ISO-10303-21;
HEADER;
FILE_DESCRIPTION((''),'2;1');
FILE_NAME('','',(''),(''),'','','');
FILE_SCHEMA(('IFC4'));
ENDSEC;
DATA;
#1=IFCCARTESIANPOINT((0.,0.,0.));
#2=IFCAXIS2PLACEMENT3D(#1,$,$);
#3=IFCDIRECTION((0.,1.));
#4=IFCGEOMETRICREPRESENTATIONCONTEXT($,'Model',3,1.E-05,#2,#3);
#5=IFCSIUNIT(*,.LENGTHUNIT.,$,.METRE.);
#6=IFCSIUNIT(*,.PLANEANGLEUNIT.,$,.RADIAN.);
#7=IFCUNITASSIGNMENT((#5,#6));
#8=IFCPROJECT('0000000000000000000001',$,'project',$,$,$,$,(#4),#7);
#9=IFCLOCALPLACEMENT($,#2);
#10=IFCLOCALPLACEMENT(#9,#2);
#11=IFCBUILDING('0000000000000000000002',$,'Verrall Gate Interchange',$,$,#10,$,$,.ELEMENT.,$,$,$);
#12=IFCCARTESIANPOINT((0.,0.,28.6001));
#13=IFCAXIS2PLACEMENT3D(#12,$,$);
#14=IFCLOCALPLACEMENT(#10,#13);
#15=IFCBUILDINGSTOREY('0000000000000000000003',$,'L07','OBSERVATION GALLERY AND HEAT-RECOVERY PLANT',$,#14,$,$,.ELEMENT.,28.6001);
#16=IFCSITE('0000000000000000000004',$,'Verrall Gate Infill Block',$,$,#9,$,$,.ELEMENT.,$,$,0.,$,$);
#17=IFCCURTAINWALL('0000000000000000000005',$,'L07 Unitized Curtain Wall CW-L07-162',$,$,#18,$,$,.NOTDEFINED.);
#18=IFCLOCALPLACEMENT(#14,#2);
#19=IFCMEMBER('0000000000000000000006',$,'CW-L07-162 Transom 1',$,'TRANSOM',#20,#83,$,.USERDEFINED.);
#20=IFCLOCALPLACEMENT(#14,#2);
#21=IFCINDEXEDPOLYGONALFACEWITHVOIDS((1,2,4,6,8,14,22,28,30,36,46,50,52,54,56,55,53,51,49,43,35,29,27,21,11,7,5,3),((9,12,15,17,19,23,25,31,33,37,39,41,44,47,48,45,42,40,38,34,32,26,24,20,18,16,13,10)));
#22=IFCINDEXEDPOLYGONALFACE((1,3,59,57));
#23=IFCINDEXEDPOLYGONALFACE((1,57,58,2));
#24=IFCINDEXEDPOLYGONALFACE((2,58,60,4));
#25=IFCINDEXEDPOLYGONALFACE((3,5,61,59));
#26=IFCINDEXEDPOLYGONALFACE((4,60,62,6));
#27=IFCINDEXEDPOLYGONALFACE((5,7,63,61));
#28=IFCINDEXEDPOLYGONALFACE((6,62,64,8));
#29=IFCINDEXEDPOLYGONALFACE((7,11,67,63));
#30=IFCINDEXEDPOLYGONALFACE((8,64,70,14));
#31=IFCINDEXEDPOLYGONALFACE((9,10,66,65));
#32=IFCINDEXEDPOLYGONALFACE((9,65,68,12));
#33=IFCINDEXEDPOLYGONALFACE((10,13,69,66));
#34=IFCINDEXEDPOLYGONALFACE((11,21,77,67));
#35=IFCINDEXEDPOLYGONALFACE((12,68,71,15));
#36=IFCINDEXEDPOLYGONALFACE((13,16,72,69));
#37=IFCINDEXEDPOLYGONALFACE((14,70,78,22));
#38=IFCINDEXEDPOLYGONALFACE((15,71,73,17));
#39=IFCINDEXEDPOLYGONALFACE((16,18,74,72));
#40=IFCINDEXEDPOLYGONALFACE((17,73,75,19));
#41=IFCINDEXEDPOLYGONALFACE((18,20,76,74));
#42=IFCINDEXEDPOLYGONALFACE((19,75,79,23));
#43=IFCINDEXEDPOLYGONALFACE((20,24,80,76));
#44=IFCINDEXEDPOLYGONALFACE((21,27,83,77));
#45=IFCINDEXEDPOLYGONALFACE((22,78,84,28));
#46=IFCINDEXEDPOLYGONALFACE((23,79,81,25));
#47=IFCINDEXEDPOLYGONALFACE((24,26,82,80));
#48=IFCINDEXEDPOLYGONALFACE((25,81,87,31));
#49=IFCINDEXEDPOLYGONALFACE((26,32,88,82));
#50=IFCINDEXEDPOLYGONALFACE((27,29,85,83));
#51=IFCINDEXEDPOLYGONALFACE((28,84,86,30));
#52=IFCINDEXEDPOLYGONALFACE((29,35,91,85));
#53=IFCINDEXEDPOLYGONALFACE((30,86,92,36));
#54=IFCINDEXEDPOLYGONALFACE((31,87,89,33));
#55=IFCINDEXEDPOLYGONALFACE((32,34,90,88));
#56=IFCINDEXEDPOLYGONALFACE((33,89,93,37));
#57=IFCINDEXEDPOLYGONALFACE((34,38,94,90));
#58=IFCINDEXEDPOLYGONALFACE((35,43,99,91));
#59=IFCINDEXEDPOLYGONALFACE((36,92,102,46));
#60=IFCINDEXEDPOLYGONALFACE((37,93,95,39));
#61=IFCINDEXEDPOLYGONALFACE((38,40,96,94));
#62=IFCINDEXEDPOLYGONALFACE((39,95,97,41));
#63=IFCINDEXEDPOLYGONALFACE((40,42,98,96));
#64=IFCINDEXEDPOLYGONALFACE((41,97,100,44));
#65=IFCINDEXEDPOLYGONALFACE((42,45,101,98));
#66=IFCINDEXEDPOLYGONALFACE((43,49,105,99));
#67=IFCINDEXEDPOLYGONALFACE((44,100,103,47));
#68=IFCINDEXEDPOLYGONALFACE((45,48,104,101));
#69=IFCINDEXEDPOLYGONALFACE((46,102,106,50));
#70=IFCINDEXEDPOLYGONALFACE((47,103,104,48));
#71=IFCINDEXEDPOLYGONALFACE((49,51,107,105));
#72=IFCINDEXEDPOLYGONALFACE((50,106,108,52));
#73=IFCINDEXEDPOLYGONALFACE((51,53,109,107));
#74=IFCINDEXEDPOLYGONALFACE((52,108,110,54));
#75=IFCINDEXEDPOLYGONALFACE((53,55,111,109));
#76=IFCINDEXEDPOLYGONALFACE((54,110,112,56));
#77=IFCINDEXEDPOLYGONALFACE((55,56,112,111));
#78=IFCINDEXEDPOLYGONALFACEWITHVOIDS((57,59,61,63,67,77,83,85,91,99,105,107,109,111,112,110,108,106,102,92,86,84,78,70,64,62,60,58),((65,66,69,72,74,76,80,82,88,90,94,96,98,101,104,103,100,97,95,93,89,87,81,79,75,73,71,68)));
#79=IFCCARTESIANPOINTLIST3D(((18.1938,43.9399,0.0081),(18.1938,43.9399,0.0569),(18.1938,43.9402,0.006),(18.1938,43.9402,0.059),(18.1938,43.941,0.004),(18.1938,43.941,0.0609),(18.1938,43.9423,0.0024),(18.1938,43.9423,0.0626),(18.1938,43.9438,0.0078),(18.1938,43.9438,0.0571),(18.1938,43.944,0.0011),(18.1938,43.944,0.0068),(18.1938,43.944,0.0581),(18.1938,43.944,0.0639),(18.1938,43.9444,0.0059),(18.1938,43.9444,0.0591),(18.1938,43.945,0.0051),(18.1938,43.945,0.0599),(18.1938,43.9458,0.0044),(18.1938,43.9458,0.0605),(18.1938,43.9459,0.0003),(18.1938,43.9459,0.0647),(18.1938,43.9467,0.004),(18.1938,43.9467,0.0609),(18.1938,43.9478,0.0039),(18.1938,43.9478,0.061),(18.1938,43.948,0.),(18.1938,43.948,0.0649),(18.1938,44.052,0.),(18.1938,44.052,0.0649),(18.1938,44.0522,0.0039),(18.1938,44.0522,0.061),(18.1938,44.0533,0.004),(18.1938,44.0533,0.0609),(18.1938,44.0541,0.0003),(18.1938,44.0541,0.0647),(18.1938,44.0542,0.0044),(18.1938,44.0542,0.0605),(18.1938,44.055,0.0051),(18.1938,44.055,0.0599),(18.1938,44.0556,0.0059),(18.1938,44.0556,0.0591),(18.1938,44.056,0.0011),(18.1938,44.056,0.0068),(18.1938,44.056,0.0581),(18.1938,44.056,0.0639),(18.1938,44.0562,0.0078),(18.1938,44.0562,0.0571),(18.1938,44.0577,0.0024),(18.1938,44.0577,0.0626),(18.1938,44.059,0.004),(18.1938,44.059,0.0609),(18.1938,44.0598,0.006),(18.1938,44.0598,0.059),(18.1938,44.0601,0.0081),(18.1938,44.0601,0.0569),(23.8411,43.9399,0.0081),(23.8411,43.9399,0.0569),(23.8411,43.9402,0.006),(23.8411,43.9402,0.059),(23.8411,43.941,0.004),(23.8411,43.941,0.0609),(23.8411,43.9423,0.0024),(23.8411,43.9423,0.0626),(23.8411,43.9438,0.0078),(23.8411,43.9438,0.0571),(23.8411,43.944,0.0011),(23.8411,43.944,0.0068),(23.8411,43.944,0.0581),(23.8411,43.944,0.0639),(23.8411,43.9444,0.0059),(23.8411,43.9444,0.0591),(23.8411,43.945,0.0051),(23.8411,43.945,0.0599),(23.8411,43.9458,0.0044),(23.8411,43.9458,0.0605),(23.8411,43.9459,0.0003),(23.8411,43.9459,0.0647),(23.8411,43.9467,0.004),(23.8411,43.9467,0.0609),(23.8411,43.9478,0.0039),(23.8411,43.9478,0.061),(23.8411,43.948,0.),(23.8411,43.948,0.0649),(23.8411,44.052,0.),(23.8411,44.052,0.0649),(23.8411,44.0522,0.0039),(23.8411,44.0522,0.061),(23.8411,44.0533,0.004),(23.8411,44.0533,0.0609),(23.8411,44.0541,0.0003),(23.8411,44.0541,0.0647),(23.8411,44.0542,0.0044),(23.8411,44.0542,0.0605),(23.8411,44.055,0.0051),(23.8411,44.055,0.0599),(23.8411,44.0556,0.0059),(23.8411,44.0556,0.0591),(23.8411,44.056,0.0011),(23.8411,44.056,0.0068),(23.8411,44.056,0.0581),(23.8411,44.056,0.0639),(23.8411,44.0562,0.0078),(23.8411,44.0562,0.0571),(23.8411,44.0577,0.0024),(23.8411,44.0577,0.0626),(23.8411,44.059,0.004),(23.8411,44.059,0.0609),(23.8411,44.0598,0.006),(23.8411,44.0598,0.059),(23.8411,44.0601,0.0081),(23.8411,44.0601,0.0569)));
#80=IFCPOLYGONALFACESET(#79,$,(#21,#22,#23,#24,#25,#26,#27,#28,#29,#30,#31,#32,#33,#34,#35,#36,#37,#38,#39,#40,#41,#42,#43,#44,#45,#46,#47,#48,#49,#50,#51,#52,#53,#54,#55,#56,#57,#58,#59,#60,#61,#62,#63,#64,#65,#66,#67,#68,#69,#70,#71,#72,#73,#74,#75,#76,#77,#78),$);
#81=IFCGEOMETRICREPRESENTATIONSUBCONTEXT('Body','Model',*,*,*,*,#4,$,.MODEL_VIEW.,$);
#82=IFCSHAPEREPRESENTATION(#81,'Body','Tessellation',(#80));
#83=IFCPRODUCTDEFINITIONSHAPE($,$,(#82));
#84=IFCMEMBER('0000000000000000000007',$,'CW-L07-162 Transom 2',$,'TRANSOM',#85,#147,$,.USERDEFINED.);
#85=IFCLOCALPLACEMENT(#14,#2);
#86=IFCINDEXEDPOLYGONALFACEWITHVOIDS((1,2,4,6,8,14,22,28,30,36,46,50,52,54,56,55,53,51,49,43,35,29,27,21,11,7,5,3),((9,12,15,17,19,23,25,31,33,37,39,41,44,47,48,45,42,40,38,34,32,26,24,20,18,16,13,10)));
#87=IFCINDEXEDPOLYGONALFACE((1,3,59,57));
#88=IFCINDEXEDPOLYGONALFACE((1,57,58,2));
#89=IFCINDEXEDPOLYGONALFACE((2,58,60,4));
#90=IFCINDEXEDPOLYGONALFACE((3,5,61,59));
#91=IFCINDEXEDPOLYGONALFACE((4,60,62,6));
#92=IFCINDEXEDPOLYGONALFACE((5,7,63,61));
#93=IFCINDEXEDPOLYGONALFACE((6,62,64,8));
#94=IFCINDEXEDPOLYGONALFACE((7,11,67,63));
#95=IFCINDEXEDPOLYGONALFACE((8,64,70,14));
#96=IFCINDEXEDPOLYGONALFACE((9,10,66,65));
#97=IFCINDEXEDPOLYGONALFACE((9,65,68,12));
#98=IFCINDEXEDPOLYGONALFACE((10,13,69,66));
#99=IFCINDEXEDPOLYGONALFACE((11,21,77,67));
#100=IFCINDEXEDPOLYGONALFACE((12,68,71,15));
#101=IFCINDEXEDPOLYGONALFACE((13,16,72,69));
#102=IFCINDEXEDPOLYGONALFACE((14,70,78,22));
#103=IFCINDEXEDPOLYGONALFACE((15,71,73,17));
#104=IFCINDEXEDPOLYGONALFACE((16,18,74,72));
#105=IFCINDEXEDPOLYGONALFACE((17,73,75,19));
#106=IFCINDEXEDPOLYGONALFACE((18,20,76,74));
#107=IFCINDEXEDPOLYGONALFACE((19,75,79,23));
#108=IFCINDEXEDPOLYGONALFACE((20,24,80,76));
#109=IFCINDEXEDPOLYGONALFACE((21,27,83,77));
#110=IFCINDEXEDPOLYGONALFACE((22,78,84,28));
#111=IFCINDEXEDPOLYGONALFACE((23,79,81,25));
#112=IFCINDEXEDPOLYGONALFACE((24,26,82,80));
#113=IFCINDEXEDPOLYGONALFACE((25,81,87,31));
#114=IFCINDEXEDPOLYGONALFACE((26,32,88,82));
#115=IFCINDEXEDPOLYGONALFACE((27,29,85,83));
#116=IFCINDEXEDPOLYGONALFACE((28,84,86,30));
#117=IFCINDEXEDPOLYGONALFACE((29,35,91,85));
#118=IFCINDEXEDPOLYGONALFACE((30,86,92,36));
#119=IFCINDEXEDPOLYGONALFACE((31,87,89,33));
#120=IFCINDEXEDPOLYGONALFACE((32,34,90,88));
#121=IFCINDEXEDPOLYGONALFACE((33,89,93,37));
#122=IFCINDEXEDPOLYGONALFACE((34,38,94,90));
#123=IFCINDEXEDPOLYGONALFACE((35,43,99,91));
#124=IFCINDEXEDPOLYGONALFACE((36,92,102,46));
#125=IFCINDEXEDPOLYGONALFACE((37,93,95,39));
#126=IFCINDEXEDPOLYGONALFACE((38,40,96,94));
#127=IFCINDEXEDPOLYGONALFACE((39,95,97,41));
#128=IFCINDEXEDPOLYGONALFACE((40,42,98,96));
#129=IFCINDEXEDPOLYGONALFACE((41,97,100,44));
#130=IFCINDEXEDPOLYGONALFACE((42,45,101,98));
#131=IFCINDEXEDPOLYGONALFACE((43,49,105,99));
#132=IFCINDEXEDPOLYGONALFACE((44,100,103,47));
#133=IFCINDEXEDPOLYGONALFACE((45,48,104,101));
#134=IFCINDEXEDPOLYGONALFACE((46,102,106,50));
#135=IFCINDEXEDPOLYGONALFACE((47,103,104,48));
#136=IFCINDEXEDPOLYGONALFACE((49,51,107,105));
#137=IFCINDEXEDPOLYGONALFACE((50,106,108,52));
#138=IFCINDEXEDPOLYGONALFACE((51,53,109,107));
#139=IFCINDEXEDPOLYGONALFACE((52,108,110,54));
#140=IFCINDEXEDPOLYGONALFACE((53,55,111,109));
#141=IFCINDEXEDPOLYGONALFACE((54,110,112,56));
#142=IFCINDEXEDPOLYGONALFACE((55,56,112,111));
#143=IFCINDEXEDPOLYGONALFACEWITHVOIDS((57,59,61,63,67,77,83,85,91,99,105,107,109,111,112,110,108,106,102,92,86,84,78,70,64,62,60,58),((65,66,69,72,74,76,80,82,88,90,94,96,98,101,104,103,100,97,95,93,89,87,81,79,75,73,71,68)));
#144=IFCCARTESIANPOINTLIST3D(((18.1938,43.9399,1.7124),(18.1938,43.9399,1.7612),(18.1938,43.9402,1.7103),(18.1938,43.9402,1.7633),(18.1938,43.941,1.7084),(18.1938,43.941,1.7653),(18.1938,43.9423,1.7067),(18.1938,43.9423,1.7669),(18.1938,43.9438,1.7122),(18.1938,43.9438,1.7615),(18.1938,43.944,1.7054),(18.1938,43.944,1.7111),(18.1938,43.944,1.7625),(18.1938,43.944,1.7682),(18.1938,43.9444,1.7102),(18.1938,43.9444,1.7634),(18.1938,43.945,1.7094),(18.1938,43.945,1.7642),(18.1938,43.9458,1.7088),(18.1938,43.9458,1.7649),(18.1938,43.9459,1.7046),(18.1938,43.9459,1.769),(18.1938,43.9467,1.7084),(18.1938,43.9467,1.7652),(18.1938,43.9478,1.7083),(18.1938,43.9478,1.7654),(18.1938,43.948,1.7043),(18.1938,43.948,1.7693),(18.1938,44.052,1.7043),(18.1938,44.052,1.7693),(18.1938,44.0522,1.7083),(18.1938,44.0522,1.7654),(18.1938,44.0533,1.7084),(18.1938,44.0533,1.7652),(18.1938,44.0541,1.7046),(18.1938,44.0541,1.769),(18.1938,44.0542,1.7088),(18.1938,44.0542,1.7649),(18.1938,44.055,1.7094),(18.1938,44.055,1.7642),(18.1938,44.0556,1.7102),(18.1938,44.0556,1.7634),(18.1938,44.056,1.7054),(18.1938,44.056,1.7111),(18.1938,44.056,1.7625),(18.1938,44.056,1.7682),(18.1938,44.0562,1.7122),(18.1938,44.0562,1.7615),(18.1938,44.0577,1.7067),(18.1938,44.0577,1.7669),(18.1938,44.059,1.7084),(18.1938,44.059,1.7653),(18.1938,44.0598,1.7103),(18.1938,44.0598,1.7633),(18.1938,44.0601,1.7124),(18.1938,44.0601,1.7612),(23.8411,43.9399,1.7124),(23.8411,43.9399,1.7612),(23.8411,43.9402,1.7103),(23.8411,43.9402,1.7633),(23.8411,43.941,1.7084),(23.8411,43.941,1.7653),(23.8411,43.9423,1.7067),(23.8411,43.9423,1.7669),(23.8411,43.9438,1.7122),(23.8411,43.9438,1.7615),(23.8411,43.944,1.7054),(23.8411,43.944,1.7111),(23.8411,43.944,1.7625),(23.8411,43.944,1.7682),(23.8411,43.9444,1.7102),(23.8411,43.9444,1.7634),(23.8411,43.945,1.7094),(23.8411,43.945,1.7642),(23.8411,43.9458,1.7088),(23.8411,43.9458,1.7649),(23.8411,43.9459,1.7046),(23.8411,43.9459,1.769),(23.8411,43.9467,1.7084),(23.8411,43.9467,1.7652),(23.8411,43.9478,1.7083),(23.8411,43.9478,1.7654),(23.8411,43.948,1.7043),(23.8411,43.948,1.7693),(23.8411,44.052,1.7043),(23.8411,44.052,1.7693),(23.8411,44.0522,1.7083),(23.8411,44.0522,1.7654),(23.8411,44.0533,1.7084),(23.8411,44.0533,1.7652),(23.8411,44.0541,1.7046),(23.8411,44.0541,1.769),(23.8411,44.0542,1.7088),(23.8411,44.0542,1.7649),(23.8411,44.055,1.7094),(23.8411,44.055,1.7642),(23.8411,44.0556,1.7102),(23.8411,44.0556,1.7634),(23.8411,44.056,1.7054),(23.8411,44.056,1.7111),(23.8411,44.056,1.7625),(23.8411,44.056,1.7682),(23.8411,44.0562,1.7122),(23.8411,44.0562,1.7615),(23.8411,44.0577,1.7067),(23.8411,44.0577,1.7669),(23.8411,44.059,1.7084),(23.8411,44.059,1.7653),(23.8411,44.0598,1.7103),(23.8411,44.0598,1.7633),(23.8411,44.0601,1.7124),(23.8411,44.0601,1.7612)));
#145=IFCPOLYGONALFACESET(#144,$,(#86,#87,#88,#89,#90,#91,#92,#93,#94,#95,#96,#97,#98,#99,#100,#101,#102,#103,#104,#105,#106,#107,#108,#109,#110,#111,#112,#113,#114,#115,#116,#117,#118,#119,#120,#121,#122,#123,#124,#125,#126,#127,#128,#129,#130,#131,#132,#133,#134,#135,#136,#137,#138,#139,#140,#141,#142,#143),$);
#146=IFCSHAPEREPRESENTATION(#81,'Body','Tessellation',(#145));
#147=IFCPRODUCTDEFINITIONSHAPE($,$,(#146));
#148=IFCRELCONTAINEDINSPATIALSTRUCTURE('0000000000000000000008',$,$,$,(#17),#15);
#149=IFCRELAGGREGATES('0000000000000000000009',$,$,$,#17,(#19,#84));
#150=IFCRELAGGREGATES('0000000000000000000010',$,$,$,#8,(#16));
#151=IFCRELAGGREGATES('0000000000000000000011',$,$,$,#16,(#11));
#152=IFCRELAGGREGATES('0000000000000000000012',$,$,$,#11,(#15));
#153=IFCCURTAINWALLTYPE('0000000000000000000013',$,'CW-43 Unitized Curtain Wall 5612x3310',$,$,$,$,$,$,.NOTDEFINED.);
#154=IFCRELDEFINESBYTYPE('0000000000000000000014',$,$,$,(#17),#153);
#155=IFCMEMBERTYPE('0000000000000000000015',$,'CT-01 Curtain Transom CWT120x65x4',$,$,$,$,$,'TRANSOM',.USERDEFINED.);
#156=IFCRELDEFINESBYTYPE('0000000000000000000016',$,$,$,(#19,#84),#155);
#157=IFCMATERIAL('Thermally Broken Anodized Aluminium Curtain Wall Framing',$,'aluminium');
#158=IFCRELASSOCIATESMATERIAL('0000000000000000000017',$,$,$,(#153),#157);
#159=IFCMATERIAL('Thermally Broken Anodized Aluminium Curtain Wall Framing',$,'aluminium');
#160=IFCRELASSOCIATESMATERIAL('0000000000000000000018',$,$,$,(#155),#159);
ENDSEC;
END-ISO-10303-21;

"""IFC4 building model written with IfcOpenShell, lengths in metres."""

from ifc_helpers import new_model, si_unit, direction, frame, origin, origin_2d, place, context, subcontext, project, spatial, hollow_rectangle, extrude, material, material_profile, profile_set, type_object, element, aggregate, save


model = new_model("IFC4")

# Units and contexts
model_context = context("Model", 3, precision=1e-05, world=origin(), true_north=direction((0.0, 1.0)))
body_context = subcontext(model_context, "Body", "Model", "MODEL_VIEW")
ifc_project = project(units=[si_unit("LENGTHUNIT", "METRE"), si_unit("PLANEANGLEUNIT", "RADIAN")], contexts=[model_context])

# Site, building, storey
site_placement = place(None, origin())
site = spatial("IfcSite", under=ifc_project, at=site_placement, Name="Verrall Gate Infill Block", CompositionType="ELEMENT", RefElevation=0.0)
building_placement = place(site_placement, origin())
building = spatial("IfcBuilding", under=site, at=building_placement, Name="Verrall Gate Interchange", CompositionType="ELEMENT")
storey_placement = place(building_placement, frame((0.0, 0.0, 28.6001)))
storey = spatial("IfcBuildingStorey", under=building, at=storey_placement, Name="L07", Description="OBSERVATION GALLERY AND HEAT-RECOVERY PLANT", CompositionType="ELEMENT", Elevation=28.6001)

# Curtain wall, members
ifc_material_1 = material(Name="Thermally Broken Anodized Aluminium Curtain Wall Framing", Category="aluminium")
curtain_wall_type = type_object("IfcCurtainWallType", Name="CW-43 Unitized Curtain Wall 5612x3310", PredefinedType="NOTDEFINED", material=ifc_material_1)
curtain_wall_placement = place(storey_placement, origin())
curtain_wall = element("IfcCurtainWall", 1, at=curtain_wall_placement, inside=storey, type_object=curtain_wall_type, Name="L07 Unitized Curtain Wall CW-L07-162", PredefinedType="NOTDEFINED")
ifc_material_2 = material(Name="Thermally Broken Anodized Aluminium Curtain Wall Framing", Category="aluminium")
ifc_material_profile_1 = material_profile(ifc_material_2, hollow_rectangle(XDim=0.1201, YDim=0.0649, WallThickness=0.0039, InnerFilletRadius=0.0039, OuterFilletRadius=0.0081, at=origin_2d()), Name="CWT120x65x4")
ifc_profile_set_1 = profile_set([ifc_material_profile_1], Name="Thermally Broken Anodized Aluminium Curtain Wall Framing")
member_type_1 = type_object("IfcMemberType", Name="CT-01 Curtain Transom CWT120x65x4", ElementType="TRANSOM", PredefinedType="USERDEFINED", material=ifc_profile_set_1)
member_1_placement = place(storey_placement, frame((23.8411, 44.0, 0.0325), z_axis=(-1.0, 0.0, 0.0), x_axis=(0.0, -1.0, 0.0)))
member_1 = element("IfcMember", 2, at=member_1_placement, type_object=member_type_1, Name="CW-L07-162 Transom 1", ObjectType="TRANSOM", PredefinedType="USERDEFINED", context=body_context, shape_type="SweptSolid", body=[
    extrude(hollow_rectangle(XDim=0.1201, YDim=0.0649, WallThickness=0.0039, InnerFilletRadius=0.0039, OuterFilletRadius=0.0081, at=origin_2d()), origin(), (0.0, 0.0, 1.0), 5.6472),
])
member_2_placement = place(storey_placement, frame((23.8411, 44.0, 1.7368), z_axis=(-1.0, 0.0, 0.0), x_axis=(0.0, -1.0, 0.0)))
member_2 = element("IfcMember", 3, at=member_2_placement, type_object=member_type_1, Name="CW-L07-162 Transom 2", ObjectType="TRANSOM", PredefinedType="USERDEFINED", context=body_context, shape_type="SweptSolid", body=[
    extrude(hollow_rectangle(XDim=0.1201, YDim=0.0649, WallThickness=0.0039, InnerFilletRadius=0.0039, OuterFilletRadius=0.0081, at=origin_2d()), origin(), (0.0, 0.0, 1.0), 5.6472),
])

aggregate(curtain_wall, [member_1, member_2])

save(model, "model.ifc")
